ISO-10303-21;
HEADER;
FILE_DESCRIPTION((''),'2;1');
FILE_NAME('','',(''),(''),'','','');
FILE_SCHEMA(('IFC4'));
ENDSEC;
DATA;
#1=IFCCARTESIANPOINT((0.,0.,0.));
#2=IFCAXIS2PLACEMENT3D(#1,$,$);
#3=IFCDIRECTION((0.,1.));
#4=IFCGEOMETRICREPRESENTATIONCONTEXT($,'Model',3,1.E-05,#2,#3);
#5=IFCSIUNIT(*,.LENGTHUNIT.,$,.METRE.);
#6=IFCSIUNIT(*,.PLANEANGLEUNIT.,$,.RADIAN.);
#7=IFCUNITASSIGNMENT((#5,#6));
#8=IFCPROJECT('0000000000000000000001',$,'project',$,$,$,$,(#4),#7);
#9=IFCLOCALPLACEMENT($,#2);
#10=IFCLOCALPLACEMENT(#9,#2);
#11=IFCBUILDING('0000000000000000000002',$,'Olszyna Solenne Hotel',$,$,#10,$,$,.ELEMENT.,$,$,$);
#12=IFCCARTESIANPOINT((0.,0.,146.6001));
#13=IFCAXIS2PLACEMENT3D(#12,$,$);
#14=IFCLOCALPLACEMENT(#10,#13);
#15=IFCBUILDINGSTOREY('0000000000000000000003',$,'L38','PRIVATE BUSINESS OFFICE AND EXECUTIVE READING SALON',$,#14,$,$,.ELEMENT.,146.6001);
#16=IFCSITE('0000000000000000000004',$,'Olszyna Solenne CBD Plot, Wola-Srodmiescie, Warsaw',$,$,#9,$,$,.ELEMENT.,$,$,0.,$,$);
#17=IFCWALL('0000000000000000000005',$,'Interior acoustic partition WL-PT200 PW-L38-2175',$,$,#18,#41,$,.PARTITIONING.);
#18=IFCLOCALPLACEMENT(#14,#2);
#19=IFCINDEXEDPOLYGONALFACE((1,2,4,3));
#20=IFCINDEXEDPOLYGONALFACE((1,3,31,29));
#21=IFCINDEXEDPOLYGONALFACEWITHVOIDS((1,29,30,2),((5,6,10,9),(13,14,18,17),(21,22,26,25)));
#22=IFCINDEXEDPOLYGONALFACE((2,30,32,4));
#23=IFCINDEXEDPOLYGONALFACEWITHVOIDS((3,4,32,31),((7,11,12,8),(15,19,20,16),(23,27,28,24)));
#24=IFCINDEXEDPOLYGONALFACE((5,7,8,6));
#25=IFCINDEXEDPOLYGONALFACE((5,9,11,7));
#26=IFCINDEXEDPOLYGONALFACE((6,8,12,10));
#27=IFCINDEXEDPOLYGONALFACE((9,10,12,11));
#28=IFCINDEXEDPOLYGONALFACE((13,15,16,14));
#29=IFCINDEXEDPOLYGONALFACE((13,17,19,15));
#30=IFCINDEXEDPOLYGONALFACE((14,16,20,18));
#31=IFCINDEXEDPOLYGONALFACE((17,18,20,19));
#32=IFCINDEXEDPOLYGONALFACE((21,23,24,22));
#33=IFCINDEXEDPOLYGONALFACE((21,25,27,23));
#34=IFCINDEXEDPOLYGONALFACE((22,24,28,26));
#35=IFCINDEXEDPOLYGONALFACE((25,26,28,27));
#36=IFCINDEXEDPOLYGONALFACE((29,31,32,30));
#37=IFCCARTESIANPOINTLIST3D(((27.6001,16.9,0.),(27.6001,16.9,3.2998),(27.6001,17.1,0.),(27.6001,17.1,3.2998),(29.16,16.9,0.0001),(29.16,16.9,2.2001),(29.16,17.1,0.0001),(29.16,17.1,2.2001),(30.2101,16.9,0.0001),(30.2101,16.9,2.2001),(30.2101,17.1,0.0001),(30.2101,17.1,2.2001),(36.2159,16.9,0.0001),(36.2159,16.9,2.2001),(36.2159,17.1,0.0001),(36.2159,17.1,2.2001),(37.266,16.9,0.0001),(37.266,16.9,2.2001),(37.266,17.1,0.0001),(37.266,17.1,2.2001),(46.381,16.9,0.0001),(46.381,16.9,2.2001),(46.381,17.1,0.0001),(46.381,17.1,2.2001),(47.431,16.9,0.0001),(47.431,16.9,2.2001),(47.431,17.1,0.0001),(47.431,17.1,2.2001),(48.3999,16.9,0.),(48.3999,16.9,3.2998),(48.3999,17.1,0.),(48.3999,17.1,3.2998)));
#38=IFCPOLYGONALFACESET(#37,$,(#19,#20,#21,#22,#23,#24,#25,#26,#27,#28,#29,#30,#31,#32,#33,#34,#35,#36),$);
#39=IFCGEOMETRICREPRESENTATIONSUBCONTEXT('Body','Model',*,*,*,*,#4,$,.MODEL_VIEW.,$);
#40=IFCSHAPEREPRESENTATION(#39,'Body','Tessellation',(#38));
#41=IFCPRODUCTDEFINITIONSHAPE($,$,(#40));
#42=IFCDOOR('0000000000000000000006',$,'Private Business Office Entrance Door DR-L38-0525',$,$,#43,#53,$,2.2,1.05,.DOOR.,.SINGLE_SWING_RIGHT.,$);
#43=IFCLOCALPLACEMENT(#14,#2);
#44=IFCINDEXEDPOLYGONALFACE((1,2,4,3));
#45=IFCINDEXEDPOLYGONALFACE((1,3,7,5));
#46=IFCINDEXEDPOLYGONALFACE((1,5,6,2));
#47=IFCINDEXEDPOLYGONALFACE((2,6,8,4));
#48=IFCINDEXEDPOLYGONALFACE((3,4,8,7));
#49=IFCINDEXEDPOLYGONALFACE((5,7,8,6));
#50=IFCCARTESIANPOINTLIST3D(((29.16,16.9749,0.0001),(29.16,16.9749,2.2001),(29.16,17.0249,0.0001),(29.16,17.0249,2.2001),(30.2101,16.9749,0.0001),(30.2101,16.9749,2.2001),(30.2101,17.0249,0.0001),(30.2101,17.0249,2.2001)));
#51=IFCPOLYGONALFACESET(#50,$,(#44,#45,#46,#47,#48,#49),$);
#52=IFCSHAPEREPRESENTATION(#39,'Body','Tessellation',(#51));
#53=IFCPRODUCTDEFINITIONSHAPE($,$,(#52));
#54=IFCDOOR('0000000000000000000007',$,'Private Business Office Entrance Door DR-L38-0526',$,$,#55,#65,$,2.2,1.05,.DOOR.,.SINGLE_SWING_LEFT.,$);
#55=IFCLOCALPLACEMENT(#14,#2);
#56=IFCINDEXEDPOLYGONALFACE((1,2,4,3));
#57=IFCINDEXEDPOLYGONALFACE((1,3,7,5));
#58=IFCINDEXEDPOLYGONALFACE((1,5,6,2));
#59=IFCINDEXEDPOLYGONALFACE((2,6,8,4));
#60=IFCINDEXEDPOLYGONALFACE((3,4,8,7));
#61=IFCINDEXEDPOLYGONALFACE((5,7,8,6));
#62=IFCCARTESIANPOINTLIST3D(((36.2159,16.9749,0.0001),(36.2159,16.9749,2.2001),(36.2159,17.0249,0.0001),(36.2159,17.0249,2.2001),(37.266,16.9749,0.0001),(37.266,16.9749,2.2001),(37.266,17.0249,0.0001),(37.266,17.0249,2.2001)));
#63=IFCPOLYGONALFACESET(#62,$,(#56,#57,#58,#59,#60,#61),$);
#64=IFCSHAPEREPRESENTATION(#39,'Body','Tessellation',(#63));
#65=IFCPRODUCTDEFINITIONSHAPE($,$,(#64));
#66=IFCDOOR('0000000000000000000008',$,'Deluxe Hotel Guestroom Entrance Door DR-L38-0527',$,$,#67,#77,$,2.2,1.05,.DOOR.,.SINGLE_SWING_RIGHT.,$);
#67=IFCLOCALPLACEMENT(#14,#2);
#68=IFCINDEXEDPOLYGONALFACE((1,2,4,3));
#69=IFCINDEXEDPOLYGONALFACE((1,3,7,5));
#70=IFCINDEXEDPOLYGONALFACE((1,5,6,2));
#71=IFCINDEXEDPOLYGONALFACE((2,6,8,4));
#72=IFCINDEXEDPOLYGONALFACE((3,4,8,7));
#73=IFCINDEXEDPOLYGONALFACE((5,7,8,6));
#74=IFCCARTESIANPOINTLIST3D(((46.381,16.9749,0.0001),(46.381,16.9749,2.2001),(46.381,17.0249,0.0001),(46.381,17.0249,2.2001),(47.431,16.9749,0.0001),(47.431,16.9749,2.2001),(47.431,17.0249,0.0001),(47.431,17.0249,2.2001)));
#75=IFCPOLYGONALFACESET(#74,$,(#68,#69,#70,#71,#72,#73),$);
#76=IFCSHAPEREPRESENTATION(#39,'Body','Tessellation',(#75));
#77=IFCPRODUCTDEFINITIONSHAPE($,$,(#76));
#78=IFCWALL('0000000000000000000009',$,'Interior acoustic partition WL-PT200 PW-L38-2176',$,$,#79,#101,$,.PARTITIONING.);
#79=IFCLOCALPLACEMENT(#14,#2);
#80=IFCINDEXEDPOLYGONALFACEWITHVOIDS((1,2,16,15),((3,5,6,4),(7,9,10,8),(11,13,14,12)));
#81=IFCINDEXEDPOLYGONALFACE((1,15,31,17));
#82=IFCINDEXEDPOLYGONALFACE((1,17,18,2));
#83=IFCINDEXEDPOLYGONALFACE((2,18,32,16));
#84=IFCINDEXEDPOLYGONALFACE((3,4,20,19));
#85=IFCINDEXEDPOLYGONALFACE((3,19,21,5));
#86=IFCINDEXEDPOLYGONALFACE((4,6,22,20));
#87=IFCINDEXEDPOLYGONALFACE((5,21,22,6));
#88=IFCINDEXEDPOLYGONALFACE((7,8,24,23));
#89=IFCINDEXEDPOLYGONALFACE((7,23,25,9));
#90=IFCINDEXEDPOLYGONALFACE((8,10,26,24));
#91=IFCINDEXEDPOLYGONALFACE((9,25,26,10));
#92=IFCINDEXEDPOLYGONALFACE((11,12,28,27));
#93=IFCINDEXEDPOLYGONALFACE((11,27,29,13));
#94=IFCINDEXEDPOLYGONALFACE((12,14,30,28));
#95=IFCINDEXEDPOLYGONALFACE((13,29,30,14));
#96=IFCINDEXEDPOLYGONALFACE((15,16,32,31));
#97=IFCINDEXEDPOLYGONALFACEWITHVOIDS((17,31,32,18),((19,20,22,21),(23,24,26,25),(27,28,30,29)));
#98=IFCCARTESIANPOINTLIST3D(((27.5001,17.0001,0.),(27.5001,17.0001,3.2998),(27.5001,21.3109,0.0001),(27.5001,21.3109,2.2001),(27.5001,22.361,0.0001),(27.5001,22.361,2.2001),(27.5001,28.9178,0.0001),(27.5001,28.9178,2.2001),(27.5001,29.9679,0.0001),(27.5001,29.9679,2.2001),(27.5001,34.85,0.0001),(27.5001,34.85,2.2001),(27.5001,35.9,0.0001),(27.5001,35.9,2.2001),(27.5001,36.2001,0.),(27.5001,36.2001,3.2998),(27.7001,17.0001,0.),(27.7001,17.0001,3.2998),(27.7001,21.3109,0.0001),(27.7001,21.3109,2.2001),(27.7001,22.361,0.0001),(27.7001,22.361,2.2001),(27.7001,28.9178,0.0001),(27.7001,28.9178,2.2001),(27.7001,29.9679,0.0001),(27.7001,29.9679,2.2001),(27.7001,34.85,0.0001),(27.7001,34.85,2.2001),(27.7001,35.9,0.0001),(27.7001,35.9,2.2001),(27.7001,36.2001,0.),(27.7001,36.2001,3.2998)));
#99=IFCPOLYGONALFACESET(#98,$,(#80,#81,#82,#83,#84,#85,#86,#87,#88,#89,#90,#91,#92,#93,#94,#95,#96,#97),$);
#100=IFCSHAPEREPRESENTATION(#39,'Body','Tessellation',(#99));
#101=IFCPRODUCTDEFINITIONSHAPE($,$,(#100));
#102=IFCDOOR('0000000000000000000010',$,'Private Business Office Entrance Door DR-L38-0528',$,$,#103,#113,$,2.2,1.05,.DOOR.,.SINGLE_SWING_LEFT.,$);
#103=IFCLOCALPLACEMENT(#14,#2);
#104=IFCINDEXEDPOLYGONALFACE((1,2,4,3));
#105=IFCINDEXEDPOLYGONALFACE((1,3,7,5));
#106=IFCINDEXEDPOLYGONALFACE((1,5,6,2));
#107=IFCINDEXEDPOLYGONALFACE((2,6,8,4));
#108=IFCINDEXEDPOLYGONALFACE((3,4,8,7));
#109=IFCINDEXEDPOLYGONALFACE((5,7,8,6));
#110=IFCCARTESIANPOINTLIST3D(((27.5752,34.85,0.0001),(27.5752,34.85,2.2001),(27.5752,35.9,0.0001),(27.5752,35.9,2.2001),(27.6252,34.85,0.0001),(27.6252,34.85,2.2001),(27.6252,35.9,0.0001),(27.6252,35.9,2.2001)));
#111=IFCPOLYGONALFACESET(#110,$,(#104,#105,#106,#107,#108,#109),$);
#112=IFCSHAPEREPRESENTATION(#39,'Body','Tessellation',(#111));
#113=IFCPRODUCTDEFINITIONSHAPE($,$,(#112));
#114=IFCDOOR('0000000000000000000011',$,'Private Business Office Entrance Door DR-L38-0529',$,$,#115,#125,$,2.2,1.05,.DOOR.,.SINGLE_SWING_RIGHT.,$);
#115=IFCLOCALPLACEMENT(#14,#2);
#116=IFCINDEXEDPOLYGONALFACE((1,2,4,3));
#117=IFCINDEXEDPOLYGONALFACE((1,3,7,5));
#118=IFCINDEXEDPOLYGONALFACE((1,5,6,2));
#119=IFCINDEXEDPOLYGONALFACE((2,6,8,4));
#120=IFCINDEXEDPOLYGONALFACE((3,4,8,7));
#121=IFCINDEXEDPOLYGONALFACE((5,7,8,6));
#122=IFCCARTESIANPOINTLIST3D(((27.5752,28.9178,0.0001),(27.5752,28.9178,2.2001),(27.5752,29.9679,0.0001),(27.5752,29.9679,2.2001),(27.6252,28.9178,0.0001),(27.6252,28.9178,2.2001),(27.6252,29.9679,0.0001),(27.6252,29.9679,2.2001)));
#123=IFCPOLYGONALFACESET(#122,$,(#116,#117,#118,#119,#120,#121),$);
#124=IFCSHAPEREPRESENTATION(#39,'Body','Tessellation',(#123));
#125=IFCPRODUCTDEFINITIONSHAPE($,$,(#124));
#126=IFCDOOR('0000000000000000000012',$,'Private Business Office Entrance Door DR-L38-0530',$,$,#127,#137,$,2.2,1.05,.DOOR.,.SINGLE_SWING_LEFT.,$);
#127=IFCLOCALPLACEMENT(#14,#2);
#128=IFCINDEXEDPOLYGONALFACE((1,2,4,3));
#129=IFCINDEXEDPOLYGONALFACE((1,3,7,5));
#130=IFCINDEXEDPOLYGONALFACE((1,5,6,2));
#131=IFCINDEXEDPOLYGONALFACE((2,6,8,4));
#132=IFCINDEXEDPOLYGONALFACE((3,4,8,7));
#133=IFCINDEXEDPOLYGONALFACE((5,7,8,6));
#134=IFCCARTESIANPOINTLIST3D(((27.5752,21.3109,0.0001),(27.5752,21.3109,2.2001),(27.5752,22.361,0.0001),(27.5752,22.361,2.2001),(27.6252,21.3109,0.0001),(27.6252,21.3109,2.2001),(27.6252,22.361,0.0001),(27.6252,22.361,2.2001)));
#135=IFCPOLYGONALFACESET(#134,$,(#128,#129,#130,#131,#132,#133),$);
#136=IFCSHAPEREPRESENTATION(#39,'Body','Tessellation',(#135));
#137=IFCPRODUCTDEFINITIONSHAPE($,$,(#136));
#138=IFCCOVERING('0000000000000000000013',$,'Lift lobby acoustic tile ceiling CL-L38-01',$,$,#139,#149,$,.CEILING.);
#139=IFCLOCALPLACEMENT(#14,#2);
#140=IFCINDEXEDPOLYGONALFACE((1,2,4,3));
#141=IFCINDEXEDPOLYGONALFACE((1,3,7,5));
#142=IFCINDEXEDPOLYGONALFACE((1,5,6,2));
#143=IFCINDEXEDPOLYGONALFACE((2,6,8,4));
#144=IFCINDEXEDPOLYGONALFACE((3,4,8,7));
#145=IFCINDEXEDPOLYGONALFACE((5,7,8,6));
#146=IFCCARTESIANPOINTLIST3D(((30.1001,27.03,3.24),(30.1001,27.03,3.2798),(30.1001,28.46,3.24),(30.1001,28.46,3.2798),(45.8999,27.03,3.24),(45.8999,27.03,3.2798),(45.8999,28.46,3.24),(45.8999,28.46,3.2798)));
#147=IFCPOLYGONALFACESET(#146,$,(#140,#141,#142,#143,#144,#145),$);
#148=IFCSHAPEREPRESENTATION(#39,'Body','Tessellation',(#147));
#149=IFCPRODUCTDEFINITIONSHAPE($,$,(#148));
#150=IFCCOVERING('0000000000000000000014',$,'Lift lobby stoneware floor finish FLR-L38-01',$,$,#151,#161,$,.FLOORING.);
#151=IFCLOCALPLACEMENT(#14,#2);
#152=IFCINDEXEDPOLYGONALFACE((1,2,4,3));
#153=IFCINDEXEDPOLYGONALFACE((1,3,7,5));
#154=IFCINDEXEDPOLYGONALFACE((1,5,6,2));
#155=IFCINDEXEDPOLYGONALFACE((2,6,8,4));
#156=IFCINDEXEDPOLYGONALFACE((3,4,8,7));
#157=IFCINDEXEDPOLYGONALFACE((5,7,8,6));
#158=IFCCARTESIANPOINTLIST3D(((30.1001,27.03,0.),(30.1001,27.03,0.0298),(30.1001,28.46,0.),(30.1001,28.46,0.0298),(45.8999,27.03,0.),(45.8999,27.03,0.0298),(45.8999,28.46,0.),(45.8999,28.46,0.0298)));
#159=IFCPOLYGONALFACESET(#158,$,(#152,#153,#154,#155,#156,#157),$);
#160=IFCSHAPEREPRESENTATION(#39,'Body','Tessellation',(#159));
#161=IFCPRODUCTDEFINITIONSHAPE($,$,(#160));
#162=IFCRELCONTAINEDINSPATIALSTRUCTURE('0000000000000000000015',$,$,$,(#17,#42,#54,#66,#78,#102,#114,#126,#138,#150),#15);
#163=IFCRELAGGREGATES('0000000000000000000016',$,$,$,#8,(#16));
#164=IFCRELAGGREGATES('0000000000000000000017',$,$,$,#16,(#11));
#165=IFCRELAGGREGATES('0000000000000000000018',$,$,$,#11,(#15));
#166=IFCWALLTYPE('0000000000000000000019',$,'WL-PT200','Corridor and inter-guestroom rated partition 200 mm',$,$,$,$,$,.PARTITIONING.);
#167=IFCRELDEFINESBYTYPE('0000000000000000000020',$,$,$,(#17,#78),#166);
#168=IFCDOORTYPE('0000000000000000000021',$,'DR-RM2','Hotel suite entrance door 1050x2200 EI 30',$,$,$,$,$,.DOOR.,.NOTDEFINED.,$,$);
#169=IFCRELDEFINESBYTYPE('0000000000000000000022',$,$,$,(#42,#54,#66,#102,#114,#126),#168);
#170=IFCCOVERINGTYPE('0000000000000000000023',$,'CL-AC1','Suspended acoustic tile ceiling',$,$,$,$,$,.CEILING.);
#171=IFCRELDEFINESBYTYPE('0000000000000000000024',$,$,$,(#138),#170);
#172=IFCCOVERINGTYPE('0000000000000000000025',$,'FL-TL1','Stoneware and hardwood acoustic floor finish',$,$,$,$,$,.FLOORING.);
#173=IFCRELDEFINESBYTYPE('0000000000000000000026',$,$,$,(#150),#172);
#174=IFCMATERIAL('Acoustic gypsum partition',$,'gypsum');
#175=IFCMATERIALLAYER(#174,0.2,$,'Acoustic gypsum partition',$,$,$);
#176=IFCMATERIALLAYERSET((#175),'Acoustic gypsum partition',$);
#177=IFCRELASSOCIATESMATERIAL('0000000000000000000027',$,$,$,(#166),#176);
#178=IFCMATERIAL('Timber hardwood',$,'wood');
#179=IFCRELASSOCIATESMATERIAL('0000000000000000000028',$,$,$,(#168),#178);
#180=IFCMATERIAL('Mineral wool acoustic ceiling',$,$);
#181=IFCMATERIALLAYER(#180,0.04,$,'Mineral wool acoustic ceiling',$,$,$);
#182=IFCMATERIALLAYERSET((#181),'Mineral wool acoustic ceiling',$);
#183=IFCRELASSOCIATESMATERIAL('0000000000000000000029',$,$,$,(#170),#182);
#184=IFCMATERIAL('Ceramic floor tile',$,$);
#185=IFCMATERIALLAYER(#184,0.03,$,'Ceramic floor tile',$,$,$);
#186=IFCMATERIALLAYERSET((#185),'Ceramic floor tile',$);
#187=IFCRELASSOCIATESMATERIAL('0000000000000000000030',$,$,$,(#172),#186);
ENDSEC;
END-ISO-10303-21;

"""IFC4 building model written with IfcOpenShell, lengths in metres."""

from ifc_helpers import new_model, si_unit, direction, frame, frame_2d, origin, place, context, subcontext, project, spatial, polyline, rectangle, outline, extrude, source, transform, mapped, material, layer, layer_set, type_object, type_shapes, element, fill, save


model = new_model("IFC4")

# Units and contexts
model_context = context("Model", 3, precision=1e-05, world=origin(), true_north=direction((0.0, 1.0)))
body_context = subcontext(model_context, "Body", "Model", "MODEL_VIEW")
ifc_project = project(units=[si_unit("LENGTHUNIT", "METRE"), si_unit("PLANEANGLEUNIT", "RADIAN")], contexts=[model_context])

# Site, building, storey
site_placement = place(None, origin())
site = spatial("IfcSite", under=ifc_project, at=site_placement, Name="Olszyna Solenne CBD Plot, Wola-Srodmiescie, Warsaw", CompositionType="ELEMENT", RefElevation=0.0)
building_placement = place(site_placement, origin())
building = spatial("IfcBuilding", under=site, at=building_placement, Name="Olszyna Solenne Hotel", CompositionType="ELEMENT")
storey_placement = place(building_placement, frame((0.0, 0.0, 146.6001)))
storey = spatial("IfcBuildingStorey", under=building, at=storey_placement, Name="L38", Description="PRIVATE BUSINESS OFFICE AND EXECUTIVE READING SALON", CompositionType="ELEMENT", Elevation=146.6001)

# Shared definitions
ifc_material_1 = material(Name="Timber hardwood", Category="wood")

# Shared definitions
ifc_material_2 = material(Name="Acoustic gypsum partition", Category="gypsum")
ifc_layer_1 = layer(ifc_material_2, 0.2, Name="Acoustic gypsum partition")
ifc_layer_set_1 = layer_set([ifc_layer_1], Name="Acoustic gypsum partition")
wall_type_1 = type_object("IfcWallType", Name="WL-PT200", Description="Corridor and inter-guestroom rated partition 200 mm", PredefinedType="PARTITIONING", material=ifc_layer_set_1)

# Walls, openings, doors
wall_1_placement = place(storey_placement, frame((27.6001, 17.0, 0.0), z_axis=(0.0, 0.0, 1.0), x_axis=(1.0, 0.0, 0.0)))
wall_1 = element("IfcWall", 1, at=wall_1_placement, inside=storey, type_object=wall_type_1, Name="Interior acoustic partition WL-PT200 PW-L38-2175", PredefinedType="PARTITIONING", context=body_context, shape_type="SweptSolid", body=[
    extrude(rectangle(XDim=20.7998, YDim=0.2, at=frame_2d((10.3999, 0.0))), origin(), (0.0, 0.0, 1.0), 3.2998),
])
opening_1_placement = place(wall_1_placement, frame((1.5601, 0.0, 0.0)))
opening_1 = element("IfcOpeningElement", 2, at=opening_1_placement, cuts=wall_1, PredefinedType="OPENING", context=body_context, shape_type="SweptSolid", body=[
    extrude(rectangle(XDim=1.05, YDim=2.2, at=frame_2d((0.5249, 1.1001))), frame((0.0, 0.1099, 0.0), z_axis=(0.0, -1.0, 0.0), x_axis=(1.0, 0.0, 0.0)), (0.0, 0.0, 1.0), 0.22),
])
opening_2_placement = place(wall_1_placement, frame((8.616, 0.0, 0.0)))
opening_2 = element("IfcOpeningElement", 3, at=opening_2_placement, cuts=wall_1, PredefinedType="OPENING", context=body_context, shape_type="SweptSolid", body=[
    extrude(rectangle(XDim=1.05, YDim=2.2, at=frame_2d((0.5249, 1.1001))), frame((0.0, 0.1099, 0.0), z_axis=(0.0, -1.0, 0.0), x_axis=(1.0, 0.0, 0.0)), (0.0, 0.0, 1.0), 0.22),
])
opening_3_placement = place(wall_1_placement, frame((18.781, 0.0, 0.0)))
opening_3 = element("IfcOpeningElement", 4, at=opening_3_placement, cuts=wall_1, PredefinedType="OPENING", context=body_context, shape_type="SweptSolid", body=[
    extrude(rectangle(XDim=1.05, YDim=2.2, at=frame_2d((0.5249, 1.1001))), frame((0.0, 0.1099, 0.0), z_axis=(0.0, -1.0, 0.0), x_axis=(1.0, 0.0, 0.0)), (0.0, 0.0, 1.0), 0.22),
])
door_type_1 = type_object("IfcDoorType", Name="DR-RM2", Description="Hotel suite entrance door 1050x2200 EI 30", OperationType="NOTDEFINED", PredefinedType="DOOR", material=ifc_material_1)
shared_shape_1 = source(origin(), body_context, "Body", "SweptSolid", [
    extrude(rectangle(XDim=1.05, YDim=2.2, at=frame_2d((0.5249, 1.1001))), frame((0.0, 0.0249, 0.0), z_axis=(0.0, -1.0, 0.0), x_axis=(1.0, 0.0, 0.0)), (0.0, 0.0, 1.0), 0.05),
])
type_shapes(door_type_1, [shared_shape_1])
door_1_placement = place(opening_1_placement, origin())
door_1 = element("IfcDoor", 5, at=door_1_placement, inside=storey, type_object=door_type_1, Name="Private Business Office Entrance Door DR-L38-0525", OperationType="SINGLE_SWING_RIGHT", OverallHeight=2.2, OverallWidth=1.05, PredefinedType="DOOR", context=body_context, shape_type="MappedRepresentation", body=[
    mapped(shared_shape_1, transform((0.0, 0.0, 0.0), x_axis=(1.0, 0.0, 0.0), y_axis=(0.0, 1.0, 0.0), z_axis=(0.0, 0.0, 1.0), scale=1.0)),
])
fill(opening_1, door_1)
door_2_placement = place(opening_2_placement, origin())
door_2 = element("IfcDoor", 6, at=door_2_placement, inside=storey, type_object=door_type_1, Name="Private Business Office Entrance Door DR-L38-0526", OperationType="SINGLE_SWING_LEFT", OverallHeight=2.2, OverallWidth=1.05, PredefinedType="DOOR", context=body_context, shape_type="MappedRepresentation", body=[
    mapped(shared_shape_1, transform((0.0, 0.0, 0.0), x_axis=(1.0, 0.0, 0.0), y_axis=(0.0, 1.0, 0.0), z_axis=(0.0, 0.0, 1.0), scale=1.0)),
])
fill(opening_2, door_2)
door_3_placement = place(opening_3_placement, origin())
door_3 = element("IfcDoor", 7, at=door_3_placement, inside=storey, type_object=door_type_1, Name="Deluxe Hotel Guestroom Entrance Door DR-L38-0527", OperationType="SINGLE_SWING_RIGHT", OverallHeight=2.2, OverallWidth=1.05, PredefinedType="DOOR", context=body_context, shape_type="MappedRepresentation", body=[
    mapped(shared_shape_1, transform((0.0, 0.0, 0.0), x_axis=(1.0, 0.0, 0.0), y_axis=(0.0, 1.0, 0.0), z_axis=(0.0, 0.0, 1.0), scale=1.0)),
])
fill(opening_3, door_3)
wall_2_placement = place(storey_placement, frame((27.6001, 17.0, 0.0), z_axis=(0.0, 0.0, 1.0), x_axis=(0.0, 1.0, 0.0)))
wall_2 = element("IfcWall", 8, at=wall_2_placement, inside=storey, type_object=wall_type_1, Name="Interior acoustic partition WL-PT200 PW-L38-2176", PredefinedType="PARTITIONING", context=body_context, shape_type="SweptSolid", body=[
    extrude(rectangle(XDim=19.2, YDim=0.2, at=frame_2d((9.6001, 0.0))), origin(), (0.0, 0.0, 1.0), 3.2998),
])
opening_4_placement = place(wall_2_placement, frame((17.8501, 0.0, 0.0)))
opening_4 = element("IfcOpeningElement", 9, at=opening_4_placement, cuts=wall_2, PredefinedType="OPENING", context=body_context, shape_type="SweptSolid", body=[
    extrude(rectangle(XDim=1.05, YDim=2.2, at=frame_2d((0.5249, 1.1001))), frame((0.0, 0.1099, 0.0), z_axis=(0.0, -1.0, 0.0), x_axis=(1.0, 0.0, 0.0)), (0.0, 0.0, 1.0), 0.22),
])
opening_5_placement = place(wall_2_placement, frame((11.918, 0.0, 0.0)))
opening_5 = element("IfcOpeningElement", 10, at=opening_5_placement, cuts=wall_2, PredefinedType="OPENING", context=body_context, shape_type="SweptSolid", body=[
    extrude(rectangle(XDim=1.05, YDim=2.2, at=frame_2d((0.5249, 1.1001))), frame((0.0, 0.1099, 0.0), z_axis=(0.0, -1.0, 0.0), x_axis=(1.0, 0.0, 0.0)), (0.0, 0.0, 1.0), 0.22),
])
opening_6_placement = place(wall_2_placement, frame((4.311, 0.0, 0.0)))
opening_6 = element("IfcOpeningElement", 11, at=opening_6_placement, cuts=wall_2, PredefinedType="OPENING", context=body_context, shape_type="SweptSolid", body=[
    extrude(rectangle(XDim=1.05, YDim=2.2, at=frame_2d((0.5249, 1.1001))), frame((0.0, 0.1099, 0.0), z_axis=(0.0, -1.0, 0.0), x_axis=(1.0, 0.0, 0.0)), (0.0, 0.0, 1.0), 0.22),
])
door_4_placement = place(opening_4_placement, origin())
door_4 = element("IfcDoor", 12, at=door_4_placement, inside=storey, type_object=door_type_1, Name="Private Business Office Entrance Door DR-L38-0528", OperationType="SINGLE_SWING_LEFT", OverallHeight=2.2, OverallWidth=1.05, PredefinedType="DOOR", context=body_context, shape_type="MappedRepresentation", body=[
    mapped(shared_shape_1, transform((0.0, 0.0, 0.0), x_axis=(1.0, 0.0, 0.0), y_axis=(0.0, 1.0, 0.0), z_axis=(0.0, 0.0, 1.0), scale=1.0)),
])
fill(opening_4, door_4)
door_5_placement = place(opening_5_placement, origin())
door_5 = element("IfcDoor", 13, at=door_5_placement, inside=storey, type_object=door_type_1, Name="Private Business Office Entrance Door DR-L38-0529", OperationType="SINGLE_SWING_RIGHT", OverallHeight=2.2, OverallWidth=1.05, PredefinedType="DOOR", context=body_context, shape_type="MappedRepresentation", body=[
    mapped(shared_shape_1, transform((0.0, 0.0, 0.0), x_axis=(1.0, 0.0, 0.0), y_axis=(0.0, 1.0, 0.0), z_axis=(0.0, 0.0, 1.0), scale=1.0)),
])
fill(opening_5, door_5)
door_6_placement = place(opening_6_placement, origin())
door_6 = element("IfcDoor", 14, at=door_6_placement, inside=storey, type_object=door_type_1, Name="Private Business Office Entrance Door DR-L38-0530", OperationType="SINGLE_SWING_LEFT", OverallHeight=2.2, OverallWidth=1.05, PredefinedType="DOOR", context=body_context, shape_type="MappedRepresentation", body=[
    mapped(shared_shape_1, transform((0.0, 0.0, 0.0), x_axis=(1.0, 0.0, 0.0), y_axis=(0.0, 1.0, 0.0), z_axis=(0.0, 0.0, 1.0), scale=1.0)),
])
fill(opening_6, door_6)

# Coverings
ifc_material_3 = material(Name="Mineral wool acoustic ceiling")
ifc_layer_2 = layer(ifc_material_3, 0.04, Name="Mineral wool acoustic ceiling")
ifc_layer_set_2 = layer_set([ifc_layer_2], Name="Mineral wool acoustic ceiling")
covering_type_1 = type_object("IfcCoveringType", Name="CL-AC1", Description="Suspended acoustic tile ceiling", PredefinedType="CEILING", material=ifc_layer_set_2)
covering_1_placement = place(storey_placement, frame((0.0, 0.0, 3.24)))
element("IfcCovering", 15, at=covering_1_placement, inside=storey, type_object=covering_type_1, Name="Lift lobby acoustic tile ceiling CL-L38-01", PredefinedType="CEILING", context=body_context, shape_type="SweptSolid", body=[
    extrude(outline(polyline([(30.1001, 27.03), (45.8999, 27.03), (45.8999, 28.46), (30.1001, 28.46), (30.1001, 27.03)])), origin(), (0.0, 0.0, 1.0), 0.0398),
])
ifc_material_4 = material(Name="Ceramic floor tile")
ifc_layer_3 = layer(ifc_material_4, 0.03, Name="Ceramic floor tile")
ifc_layer_set_3 = layer_set([ifc_layer_3], Name="Ceramic floor tile")
covering_type_2 = type_object("IfcCoveringType", Name="FL-TL1", Description="Stoneware and hardwood acoustic floor finish", PredefinedType="FLOORING", material=ifc_layer_set_3)
covering_2_placement = place(storey_placement, origin())
element("IfcCovering", 16, at=covering_2_placement, inside=storey, type_object=covering_type_2, Name="Lift lobby stoneware floor finish FLR-L38-01", PredefinedType="FLOORING", context=body_context, shape_type="SweptSolid", body=[
    extrude(outline(polyline([(30.1001, 27.03), (45.8999, 27.03), (45.8999, 28.46), (30.1001, 28.46), (30.1001, 27.03)])), origin(), (0.0, 0.0, 1.0), 0.0298),
])

save(model, "model.ifc")
